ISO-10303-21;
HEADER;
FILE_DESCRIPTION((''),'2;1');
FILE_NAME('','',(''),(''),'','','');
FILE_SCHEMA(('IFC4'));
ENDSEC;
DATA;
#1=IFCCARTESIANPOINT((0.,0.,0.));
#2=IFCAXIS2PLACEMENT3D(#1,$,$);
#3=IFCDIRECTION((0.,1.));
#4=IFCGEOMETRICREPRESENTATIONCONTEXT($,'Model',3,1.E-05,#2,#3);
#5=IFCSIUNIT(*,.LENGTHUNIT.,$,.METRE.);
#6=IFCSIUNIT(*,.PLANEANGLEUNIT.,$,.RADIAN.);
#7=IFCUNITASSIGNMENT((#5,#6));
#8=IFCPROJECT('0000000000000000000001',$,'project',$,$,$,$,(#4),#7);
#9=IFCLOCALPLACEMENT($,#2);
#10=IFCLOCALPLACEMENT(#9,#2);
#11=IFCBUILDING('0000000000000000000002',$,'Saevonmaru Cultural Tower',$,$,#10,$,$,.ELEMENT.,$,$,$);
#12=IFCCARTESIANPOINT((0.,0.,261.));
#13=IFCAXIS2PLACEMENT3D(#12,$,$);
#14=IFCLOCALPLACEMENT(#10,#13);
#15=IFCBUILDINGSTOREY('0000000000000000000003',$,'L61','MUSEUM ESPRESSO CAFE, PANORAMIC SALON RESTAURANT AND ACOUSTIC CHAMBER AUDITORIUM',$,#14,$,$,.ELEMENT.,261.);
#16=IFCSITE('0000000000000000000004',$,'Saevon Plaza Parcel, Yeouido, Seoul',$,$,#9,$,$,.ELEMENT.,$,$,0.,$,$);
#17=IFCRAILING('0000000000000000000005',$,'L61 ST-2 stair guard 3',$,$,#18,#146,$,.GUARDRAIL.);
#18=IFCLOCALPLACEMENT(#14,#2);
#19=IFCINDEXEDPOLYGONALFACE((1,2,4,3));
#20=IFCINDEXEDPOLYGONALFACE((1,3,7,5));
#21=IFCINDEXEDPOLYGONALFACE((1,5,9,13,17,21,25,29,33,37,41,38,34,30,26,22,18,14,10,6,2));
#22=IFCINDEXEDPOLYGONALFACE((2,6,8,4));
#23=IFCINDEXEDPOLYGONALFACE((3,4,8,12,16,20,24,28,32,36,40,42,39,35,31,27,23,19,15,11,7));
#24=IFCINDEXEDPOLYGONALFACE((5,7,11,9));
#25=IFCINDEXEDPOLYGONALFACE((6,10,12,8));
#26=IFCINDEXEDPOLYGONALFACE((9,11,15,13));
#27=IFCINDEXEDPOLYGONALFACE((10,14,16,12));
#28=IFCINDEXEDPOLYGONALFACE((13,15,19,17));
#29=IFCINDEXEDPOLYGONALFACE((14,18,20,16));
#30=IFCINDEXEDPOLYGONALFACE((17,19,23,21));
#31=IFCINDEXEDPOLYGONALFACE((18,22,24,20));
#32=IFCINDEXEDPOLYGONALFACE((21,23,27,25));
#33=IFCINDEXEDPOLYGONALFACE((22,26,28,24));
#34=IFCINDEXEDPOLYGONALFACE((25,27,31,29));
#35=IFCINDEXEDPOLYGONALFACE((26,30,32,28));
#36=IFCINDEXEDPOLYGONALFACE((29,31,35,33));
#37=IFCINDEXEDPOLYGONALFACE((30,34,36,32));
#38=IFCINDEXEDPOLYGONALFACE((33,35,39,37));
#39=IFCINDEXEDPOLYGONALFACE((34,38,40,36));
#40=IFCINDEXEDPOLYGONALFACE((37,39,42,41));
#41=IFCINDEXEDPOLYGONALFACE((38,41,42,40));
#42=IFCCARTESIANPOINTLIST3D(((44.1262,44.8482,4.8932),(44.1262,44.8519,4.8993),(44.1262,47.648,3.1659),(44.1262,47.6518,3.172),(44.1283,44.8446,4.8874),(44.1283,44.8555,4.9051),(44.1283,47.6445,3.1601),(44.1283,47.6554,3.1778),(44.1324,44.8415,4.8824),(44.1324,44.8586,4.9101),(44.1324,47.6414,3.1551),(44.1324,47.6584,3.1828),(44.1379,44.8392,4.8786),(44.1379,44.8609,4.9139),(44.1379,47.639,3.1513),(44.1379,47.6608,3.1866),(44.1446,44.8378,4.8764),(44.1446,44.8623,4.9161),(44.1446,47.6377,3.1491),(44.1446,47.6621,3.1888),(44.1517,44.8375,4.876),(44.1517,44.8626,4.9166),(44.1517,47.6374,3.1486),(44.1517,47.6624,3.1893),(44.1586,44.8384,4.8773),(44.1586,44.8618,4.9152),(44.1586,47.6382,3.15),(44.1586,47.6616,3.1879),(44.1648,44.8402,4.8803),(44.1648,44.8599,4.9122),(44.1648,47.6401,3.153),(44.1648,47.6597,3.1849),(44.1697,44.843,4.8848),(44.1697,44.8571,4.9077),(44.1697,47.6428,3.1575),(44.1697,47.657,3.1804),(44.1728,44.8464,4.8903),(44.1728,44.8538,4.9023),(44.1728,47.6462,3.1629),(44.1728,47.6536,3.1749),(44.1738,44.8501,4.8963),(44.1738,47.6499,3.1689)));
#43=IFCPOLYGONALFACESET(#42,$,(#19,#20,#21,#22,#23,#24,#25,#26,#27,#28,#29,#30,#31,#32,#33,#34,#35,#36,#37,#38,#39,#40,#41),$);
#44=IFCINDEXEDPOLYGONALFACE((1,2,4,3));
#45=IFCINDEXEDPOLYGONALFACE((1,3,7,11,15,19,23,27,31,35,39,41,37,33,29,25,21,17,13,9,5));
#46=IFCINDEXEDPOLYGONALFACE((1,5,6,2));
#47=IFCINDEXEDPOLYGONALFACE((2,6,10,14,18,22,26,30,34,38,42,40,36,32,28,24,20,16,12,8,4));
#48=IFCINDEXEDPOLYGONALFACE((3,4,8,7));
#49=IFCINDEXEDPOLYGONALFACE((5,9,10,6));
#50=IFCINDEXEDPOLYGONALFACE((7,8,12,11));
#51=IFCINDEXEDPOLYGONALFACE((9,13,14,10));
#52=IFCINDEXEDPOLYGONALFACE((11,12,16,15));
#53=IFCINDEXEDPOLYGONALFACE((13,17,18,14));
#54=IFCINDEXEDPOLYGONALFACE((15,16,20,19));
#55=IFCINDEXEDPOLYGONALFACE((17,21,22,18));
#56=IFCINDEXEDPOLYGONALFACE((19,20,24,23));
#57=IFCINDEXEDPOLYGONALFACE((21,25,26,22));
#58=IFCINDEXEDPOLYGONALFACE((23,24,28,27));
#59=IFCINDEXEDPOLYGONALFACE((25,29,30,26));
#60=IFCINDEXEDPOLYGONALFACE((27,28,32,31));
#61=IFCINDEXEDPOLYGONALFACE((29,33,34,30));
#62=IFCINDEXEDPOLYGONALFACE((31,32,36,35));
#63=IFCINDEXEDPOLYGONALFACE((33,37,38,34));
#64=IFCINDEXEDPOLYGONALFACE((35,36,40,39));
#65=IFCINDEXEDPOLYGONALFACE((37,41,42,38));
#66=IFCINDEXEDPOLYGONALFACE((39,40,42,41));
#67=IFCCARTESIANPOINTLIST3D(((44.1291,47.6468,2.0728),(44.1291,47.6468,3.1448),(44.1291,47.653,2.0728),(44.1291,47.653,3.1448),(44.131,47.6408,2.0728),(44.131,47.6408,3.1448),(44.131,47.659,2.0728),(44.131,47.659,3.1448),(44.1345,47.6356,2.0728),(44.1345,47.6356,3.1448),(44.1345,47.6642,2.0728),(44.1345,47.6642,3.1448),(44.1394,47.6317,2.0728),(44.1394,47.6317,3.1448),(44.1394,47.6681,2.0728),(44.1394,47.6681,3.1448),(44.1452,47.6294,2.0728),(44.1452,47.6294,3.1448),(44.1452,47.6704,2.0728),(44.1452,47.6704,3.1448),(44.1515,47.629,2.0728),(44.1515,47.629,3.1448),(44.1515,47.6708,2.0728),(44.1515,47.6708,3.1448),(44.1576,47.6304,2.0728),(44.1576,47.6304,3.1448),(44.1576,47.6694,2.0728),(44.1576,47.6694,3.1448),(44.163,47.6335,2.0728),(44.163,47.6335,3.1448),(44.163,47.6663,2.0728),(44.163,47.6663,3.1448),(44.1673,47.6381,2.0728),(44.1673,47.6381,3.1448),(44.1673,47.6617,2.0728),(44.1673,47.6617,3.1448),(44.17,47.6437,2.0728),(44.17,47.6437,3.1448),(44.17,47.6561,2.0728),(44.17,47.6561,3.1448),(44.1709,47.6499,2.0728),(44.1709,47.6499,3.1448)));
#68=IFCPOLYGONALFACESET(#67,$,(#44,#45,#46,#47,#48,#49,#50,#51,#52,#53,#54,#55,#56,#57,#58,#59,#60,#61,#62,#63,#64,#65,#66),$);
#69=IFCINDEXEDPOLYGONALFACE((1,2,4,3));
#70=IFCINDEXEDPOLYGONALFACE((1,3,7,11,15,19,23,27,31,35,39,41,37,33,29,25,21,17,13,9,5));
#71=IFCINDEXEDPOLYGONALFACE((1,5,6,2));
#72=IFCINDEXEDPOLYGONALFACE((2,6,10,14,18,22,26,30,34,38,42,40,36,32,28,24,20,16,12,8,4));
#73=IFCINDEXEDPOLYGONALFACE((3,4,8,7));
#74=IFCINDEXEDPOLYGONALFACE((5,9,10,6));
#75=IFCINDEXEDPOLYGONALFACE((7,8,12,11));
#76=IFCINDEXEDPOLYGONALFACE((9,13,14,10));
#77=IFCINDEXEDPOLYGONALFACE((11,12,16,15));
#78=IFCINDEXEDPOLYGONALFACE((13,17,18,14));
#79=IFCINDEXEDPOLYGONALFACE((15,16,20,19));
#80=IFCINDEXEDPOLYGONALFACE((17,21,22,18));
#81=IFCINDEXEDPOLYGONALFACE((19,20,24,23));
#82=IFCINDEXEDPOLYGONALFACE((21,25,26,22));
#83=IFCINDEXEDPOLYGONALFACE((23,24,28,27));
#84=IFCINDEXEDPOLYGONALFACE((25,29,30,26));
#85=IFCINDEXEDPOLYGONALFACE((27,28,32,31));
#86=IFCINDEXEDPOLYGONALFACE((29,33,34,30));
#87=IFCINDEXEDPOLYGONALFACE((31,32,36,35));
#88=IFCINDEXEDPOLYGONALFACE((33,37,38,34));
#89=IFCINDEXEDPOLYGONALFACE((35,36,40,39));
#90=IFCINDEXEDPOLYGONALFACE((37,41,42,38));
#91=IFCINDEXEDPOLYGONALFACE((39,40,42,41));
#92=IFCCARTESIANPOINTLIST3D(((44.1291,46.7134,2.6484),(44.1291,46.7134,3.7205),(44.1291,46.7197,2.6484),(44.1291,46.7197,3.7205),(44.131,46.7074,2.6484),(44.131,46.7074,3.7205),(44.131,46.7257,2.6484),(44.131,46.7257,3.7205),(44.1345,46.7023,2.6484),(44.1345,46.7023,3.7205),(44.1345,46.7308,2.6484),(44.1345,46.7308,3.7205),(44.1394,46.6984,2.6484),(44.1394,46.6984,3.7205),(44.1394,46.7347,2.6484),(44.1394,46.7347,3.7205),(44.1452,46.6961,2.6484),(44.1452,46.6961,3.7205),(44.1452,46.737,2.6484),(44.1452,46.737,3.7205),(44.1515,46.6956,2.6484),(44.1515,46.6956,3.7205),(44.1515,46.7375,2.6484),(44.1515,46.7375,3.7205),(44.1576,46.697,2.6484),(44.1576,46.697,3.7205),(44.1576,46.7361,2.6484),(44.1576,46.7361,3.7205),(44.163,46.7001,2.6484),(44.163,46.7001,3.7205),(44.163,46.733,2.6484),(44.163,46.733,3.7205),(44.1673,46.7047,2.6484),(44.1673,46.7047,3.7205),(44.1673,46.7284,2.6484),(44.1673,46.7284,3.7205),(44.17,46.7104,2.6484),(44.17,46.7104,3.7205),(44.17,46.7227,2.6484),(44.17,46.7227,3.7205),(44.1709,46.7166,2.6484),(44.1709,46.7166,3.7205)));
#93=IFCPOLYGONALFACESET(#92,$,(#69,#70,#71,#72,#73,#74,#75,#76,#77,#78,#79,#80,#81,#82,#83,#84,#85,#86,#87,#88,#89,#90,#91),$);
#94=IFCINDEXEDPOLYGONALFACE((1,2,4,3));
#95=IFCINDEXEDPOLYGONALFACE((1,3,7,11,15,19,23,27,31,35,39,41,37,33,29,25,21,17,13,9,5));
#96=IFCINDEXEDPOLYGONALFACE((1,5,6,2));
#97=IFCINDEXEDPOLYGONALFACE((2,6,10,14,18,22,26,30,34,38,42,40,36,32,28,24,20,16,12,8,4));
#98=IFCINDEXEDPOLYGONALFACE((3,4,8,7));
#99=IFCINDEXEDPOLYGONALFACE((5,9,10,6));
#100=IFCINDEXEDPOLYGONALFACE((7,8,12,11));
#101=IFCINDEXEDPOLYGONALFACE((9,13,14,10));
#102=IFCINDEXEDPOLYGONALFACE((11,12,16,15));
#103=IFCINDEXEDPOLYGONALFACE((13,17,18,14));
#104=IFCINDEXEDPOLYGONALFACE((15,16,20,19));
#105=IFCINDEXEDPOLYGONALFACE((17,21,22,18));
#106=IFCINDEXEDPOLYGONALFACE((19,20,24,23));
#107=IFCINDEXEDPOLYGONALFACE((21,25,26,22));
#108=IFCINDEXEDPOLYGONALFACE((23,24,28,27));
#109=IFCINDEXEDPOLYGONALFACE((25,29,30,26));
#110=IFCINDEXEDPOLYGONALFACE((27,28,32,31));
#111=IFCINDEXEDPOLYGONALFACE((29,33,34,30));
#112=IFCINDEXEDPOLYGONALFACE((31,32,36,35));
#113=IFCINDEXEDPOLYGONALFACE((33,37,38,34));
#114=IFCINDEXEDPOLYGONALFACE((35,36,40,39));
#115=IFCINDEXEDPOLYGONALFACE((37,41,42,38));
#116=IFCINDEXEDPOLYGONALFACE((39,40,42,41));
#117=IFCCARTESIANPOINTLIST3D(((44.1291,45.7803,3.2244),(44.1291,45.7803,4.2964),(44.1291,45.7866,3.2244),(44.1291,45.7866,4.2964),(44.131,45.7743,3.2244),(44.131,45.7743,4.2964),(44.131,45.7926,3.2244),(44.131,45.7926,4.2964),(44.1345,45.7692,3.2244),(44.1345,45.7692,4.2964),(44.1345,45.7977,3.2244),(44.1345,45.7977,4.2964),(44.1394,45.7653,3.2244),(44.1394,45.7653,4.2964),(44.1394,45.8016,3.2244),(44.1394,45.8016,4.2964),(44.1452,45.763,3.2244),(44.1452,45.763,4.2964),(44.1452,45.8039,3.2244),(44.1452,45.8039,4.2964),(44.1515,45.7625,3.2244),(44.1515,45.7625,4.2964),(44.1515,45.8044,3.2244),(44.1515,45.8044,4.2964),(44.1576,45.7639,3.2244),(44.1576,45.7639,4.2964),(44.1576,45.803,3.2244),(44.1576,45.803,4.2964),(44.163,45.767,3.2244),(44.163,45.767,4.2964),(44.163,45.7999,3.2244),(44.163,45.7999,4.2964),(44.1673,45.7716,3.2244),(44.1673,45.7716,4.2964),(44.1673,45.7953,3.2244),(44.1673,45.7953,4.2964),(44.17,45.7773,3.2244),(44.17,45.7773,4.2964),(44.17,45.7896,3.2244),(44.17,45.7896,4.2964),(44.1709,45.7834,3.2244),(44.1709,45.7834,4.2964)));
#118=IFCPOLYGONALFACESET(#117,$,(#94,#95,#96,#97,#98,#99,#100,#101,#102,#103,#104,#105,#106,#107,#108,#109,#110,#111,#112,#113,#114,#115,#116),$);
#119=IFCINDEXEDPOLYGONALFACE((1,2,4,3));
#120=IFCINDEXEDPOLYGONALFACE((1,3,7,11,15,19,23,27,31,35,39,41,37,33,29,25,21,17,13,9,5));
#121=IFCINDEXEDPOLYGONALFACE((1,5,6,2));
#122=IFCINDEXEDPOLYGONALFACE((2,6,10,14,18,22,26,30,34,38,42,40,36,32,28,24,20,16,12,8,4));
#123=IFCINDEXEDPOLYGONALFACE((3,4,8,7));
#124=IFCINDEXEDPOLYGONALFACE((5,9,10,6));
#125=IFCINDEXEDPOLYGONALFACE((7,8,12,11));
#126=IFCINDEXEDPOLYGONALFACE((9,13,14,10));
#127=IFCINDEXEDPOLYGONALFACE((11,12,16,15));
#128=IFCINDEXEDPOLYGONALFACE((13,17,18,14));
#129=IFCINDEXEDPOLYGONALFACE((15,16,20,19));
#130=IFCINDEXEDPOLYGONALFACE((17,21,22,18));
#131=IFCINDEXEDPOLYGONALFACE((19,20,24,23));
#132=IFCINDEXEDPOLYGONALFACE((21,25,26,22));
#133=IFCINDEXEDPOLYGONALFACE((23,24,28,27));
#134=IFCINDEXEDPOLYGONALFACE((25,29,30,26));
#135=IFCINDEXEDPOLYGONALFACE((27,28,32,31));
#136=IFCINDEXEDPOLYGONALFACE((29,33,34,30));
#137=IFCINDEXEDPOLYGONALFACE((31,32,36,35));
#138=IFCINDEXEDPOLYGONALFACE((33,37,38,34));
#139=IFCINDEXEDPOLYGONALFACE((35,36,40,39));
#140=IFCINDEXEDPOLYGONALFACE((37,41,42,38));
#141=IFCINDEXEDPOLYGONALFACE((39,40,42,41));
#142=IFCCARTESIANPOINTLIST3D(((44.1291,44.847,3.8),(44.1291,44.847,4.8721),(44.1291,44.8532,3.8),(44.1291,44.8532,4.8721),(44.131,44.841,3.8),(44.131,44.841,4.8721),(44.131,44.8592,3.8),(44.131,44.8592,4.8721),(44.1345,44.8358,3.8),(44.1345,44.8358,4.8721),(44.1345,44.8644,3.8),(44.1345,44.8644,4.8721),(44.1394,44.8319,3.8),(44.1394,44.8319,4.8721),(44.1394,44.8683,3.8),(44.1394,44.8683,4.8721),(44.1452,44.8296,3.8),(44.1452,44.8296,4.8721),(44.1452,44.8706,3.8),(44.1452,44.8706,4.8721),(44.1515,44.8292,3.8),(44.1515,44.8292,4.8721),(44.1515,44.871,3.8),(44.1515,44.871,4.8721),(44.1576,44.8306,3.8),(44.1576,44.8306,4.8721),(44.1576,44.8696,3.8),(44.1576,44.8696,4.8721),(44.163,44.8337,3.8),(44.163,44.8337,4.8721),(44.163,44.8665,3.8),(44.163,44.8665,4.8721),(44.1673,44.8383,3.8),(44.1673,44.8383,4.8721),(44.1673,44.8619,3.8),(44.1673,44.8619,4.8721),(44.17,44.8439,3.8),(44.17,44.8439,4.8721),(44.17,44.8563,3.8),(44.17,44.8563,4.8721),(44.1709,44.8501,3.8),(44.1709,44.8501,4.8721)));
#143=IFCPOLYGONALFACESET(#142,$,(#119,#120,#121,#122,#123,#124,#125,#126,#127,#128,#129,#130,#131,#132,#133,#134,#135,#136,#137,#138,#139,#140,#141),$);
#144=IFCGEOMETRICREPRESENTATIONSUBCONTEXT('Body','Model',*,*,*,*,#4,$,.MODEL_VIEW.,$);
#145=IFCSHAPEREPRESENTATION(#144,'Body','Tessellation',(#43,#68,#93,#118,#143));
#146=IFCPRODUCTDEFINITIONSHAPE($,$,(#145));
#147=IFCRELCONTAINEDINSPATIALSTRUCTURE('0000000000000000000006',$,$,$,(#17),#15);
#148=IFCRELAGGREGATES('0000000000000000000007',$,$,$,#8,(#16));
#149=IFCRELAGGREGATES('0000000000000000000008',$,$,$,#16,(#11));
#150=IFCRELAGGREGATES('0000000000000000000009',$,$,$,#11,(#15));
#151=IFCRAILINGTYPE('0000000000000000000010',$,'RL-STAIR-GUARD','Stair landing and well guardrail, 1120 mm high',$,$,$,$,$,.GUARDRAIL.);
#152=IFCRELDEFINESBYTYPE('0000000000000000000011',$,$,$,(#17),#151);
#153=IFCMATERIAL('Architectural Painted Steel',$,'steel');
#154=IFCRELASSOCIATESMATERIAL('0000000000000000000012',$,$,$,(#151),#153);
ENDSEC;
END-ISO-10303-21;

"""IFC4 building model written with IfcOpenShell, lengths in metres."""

from ifc_helpers import new_model, si_unit, direction, frame, origin, origin_2d, place, context, subcontext, project, spatial, circle, extrude, material, type_object, element, save


model = new_model("IFC4")

# Units and contexts
model_context = context("Model", 3, precision=1e-05, world=origin(), true_north=direction((0.0, 1.0)))
body_context = subcontext(model_context, "Body", "Model", "MODEL_VIEW")
ifc_project = project(units=[si_unit("LENGTHUNIT", "METRE"), si_unit("PLANEANGLEUNIT", "RADIAN")], contexts=[model_context])

# Site, building, storey
site_placement = place(None, origin())
site = spatial("IfcSite", under=ifc_project, at=site_placement, Name="Saevon Plaza Parcel, Yeouido, Seoul", CompositionType="ELEMENT", RefElevation=0.0)
building_placement = place(site_placement, origin())
building = spatial("IfcBuilding", under=site, at=building_placement, Name="Saevonmaru Cultural Tower", CompositionType="ELEMENT")
storey_placement = place(building_placement, frame((0.0, 0.0, 261.0)))
storey = spatial("IfcBuildingStorey", under=building, at=storey_placement, Name="L61", Description="MUSEUM ESPRESSO CAFE, PANORAMIC SALON RESTAURANT AND ACOUSTIC CHAMBER AUDITORIUM", CompositionType="ELEMENT", Elevation=261.0)

# Railing
ifc_material_1 = material(Name="Architectural Painted Steel", Category="steel")
railing_type_1 = type_object("IfcRailingType", Name="RL-STAIR-GUARD", Description="Stair landing and well guardrail, 1120 mm high", PredefinedType="GUARDRAIL", material=ifc_material_1)
railing_1_placement = place(storey_placement, frame((44.1499, 47.6499, 2.0728)))
element("IfcRailing", 1, at=railing_1_placement, inside=storey, type_object=railing_type_1, Name="L61 ST-2 stair guard 3", PredefinedType="GUARDRAIL", context=body_context, shape_type="SweptSolid", body=[
    extrude(circle(Radius=0.0239, at=origin_2d()), frame((0.0, 0.0, 1.0962), z_axis=(0.0, -0.851069, 0.525054), x_axis=(1.0, 0.0, 0.0)), (0.0, 0.0, 1.0), 3.2898),
    extrude(circle(Radius=0.021, at=origin_2d()), origin(), (0.0, 0.0, 1.0), 1.072),
    extrude(circle(Radius=0.021, at=origin_2d()), frame((0.0, -0.9333, 0.5757)), (0.0, 0.0, 1.0), 1.072),
    extrude(circle(Radius=0.021, at=origin_2d()), frame((0.0, -1.8665, 1.1516)), (0.0, 0.0, 1.0), 1.072),
    extrude(circle(Radius=0.021, at=origin_2d()), frame((0.0, -2.7998, 1.7273)), (0.0, 0.0, 1.0), 1.072),
])

save(model, "model.ifc")
